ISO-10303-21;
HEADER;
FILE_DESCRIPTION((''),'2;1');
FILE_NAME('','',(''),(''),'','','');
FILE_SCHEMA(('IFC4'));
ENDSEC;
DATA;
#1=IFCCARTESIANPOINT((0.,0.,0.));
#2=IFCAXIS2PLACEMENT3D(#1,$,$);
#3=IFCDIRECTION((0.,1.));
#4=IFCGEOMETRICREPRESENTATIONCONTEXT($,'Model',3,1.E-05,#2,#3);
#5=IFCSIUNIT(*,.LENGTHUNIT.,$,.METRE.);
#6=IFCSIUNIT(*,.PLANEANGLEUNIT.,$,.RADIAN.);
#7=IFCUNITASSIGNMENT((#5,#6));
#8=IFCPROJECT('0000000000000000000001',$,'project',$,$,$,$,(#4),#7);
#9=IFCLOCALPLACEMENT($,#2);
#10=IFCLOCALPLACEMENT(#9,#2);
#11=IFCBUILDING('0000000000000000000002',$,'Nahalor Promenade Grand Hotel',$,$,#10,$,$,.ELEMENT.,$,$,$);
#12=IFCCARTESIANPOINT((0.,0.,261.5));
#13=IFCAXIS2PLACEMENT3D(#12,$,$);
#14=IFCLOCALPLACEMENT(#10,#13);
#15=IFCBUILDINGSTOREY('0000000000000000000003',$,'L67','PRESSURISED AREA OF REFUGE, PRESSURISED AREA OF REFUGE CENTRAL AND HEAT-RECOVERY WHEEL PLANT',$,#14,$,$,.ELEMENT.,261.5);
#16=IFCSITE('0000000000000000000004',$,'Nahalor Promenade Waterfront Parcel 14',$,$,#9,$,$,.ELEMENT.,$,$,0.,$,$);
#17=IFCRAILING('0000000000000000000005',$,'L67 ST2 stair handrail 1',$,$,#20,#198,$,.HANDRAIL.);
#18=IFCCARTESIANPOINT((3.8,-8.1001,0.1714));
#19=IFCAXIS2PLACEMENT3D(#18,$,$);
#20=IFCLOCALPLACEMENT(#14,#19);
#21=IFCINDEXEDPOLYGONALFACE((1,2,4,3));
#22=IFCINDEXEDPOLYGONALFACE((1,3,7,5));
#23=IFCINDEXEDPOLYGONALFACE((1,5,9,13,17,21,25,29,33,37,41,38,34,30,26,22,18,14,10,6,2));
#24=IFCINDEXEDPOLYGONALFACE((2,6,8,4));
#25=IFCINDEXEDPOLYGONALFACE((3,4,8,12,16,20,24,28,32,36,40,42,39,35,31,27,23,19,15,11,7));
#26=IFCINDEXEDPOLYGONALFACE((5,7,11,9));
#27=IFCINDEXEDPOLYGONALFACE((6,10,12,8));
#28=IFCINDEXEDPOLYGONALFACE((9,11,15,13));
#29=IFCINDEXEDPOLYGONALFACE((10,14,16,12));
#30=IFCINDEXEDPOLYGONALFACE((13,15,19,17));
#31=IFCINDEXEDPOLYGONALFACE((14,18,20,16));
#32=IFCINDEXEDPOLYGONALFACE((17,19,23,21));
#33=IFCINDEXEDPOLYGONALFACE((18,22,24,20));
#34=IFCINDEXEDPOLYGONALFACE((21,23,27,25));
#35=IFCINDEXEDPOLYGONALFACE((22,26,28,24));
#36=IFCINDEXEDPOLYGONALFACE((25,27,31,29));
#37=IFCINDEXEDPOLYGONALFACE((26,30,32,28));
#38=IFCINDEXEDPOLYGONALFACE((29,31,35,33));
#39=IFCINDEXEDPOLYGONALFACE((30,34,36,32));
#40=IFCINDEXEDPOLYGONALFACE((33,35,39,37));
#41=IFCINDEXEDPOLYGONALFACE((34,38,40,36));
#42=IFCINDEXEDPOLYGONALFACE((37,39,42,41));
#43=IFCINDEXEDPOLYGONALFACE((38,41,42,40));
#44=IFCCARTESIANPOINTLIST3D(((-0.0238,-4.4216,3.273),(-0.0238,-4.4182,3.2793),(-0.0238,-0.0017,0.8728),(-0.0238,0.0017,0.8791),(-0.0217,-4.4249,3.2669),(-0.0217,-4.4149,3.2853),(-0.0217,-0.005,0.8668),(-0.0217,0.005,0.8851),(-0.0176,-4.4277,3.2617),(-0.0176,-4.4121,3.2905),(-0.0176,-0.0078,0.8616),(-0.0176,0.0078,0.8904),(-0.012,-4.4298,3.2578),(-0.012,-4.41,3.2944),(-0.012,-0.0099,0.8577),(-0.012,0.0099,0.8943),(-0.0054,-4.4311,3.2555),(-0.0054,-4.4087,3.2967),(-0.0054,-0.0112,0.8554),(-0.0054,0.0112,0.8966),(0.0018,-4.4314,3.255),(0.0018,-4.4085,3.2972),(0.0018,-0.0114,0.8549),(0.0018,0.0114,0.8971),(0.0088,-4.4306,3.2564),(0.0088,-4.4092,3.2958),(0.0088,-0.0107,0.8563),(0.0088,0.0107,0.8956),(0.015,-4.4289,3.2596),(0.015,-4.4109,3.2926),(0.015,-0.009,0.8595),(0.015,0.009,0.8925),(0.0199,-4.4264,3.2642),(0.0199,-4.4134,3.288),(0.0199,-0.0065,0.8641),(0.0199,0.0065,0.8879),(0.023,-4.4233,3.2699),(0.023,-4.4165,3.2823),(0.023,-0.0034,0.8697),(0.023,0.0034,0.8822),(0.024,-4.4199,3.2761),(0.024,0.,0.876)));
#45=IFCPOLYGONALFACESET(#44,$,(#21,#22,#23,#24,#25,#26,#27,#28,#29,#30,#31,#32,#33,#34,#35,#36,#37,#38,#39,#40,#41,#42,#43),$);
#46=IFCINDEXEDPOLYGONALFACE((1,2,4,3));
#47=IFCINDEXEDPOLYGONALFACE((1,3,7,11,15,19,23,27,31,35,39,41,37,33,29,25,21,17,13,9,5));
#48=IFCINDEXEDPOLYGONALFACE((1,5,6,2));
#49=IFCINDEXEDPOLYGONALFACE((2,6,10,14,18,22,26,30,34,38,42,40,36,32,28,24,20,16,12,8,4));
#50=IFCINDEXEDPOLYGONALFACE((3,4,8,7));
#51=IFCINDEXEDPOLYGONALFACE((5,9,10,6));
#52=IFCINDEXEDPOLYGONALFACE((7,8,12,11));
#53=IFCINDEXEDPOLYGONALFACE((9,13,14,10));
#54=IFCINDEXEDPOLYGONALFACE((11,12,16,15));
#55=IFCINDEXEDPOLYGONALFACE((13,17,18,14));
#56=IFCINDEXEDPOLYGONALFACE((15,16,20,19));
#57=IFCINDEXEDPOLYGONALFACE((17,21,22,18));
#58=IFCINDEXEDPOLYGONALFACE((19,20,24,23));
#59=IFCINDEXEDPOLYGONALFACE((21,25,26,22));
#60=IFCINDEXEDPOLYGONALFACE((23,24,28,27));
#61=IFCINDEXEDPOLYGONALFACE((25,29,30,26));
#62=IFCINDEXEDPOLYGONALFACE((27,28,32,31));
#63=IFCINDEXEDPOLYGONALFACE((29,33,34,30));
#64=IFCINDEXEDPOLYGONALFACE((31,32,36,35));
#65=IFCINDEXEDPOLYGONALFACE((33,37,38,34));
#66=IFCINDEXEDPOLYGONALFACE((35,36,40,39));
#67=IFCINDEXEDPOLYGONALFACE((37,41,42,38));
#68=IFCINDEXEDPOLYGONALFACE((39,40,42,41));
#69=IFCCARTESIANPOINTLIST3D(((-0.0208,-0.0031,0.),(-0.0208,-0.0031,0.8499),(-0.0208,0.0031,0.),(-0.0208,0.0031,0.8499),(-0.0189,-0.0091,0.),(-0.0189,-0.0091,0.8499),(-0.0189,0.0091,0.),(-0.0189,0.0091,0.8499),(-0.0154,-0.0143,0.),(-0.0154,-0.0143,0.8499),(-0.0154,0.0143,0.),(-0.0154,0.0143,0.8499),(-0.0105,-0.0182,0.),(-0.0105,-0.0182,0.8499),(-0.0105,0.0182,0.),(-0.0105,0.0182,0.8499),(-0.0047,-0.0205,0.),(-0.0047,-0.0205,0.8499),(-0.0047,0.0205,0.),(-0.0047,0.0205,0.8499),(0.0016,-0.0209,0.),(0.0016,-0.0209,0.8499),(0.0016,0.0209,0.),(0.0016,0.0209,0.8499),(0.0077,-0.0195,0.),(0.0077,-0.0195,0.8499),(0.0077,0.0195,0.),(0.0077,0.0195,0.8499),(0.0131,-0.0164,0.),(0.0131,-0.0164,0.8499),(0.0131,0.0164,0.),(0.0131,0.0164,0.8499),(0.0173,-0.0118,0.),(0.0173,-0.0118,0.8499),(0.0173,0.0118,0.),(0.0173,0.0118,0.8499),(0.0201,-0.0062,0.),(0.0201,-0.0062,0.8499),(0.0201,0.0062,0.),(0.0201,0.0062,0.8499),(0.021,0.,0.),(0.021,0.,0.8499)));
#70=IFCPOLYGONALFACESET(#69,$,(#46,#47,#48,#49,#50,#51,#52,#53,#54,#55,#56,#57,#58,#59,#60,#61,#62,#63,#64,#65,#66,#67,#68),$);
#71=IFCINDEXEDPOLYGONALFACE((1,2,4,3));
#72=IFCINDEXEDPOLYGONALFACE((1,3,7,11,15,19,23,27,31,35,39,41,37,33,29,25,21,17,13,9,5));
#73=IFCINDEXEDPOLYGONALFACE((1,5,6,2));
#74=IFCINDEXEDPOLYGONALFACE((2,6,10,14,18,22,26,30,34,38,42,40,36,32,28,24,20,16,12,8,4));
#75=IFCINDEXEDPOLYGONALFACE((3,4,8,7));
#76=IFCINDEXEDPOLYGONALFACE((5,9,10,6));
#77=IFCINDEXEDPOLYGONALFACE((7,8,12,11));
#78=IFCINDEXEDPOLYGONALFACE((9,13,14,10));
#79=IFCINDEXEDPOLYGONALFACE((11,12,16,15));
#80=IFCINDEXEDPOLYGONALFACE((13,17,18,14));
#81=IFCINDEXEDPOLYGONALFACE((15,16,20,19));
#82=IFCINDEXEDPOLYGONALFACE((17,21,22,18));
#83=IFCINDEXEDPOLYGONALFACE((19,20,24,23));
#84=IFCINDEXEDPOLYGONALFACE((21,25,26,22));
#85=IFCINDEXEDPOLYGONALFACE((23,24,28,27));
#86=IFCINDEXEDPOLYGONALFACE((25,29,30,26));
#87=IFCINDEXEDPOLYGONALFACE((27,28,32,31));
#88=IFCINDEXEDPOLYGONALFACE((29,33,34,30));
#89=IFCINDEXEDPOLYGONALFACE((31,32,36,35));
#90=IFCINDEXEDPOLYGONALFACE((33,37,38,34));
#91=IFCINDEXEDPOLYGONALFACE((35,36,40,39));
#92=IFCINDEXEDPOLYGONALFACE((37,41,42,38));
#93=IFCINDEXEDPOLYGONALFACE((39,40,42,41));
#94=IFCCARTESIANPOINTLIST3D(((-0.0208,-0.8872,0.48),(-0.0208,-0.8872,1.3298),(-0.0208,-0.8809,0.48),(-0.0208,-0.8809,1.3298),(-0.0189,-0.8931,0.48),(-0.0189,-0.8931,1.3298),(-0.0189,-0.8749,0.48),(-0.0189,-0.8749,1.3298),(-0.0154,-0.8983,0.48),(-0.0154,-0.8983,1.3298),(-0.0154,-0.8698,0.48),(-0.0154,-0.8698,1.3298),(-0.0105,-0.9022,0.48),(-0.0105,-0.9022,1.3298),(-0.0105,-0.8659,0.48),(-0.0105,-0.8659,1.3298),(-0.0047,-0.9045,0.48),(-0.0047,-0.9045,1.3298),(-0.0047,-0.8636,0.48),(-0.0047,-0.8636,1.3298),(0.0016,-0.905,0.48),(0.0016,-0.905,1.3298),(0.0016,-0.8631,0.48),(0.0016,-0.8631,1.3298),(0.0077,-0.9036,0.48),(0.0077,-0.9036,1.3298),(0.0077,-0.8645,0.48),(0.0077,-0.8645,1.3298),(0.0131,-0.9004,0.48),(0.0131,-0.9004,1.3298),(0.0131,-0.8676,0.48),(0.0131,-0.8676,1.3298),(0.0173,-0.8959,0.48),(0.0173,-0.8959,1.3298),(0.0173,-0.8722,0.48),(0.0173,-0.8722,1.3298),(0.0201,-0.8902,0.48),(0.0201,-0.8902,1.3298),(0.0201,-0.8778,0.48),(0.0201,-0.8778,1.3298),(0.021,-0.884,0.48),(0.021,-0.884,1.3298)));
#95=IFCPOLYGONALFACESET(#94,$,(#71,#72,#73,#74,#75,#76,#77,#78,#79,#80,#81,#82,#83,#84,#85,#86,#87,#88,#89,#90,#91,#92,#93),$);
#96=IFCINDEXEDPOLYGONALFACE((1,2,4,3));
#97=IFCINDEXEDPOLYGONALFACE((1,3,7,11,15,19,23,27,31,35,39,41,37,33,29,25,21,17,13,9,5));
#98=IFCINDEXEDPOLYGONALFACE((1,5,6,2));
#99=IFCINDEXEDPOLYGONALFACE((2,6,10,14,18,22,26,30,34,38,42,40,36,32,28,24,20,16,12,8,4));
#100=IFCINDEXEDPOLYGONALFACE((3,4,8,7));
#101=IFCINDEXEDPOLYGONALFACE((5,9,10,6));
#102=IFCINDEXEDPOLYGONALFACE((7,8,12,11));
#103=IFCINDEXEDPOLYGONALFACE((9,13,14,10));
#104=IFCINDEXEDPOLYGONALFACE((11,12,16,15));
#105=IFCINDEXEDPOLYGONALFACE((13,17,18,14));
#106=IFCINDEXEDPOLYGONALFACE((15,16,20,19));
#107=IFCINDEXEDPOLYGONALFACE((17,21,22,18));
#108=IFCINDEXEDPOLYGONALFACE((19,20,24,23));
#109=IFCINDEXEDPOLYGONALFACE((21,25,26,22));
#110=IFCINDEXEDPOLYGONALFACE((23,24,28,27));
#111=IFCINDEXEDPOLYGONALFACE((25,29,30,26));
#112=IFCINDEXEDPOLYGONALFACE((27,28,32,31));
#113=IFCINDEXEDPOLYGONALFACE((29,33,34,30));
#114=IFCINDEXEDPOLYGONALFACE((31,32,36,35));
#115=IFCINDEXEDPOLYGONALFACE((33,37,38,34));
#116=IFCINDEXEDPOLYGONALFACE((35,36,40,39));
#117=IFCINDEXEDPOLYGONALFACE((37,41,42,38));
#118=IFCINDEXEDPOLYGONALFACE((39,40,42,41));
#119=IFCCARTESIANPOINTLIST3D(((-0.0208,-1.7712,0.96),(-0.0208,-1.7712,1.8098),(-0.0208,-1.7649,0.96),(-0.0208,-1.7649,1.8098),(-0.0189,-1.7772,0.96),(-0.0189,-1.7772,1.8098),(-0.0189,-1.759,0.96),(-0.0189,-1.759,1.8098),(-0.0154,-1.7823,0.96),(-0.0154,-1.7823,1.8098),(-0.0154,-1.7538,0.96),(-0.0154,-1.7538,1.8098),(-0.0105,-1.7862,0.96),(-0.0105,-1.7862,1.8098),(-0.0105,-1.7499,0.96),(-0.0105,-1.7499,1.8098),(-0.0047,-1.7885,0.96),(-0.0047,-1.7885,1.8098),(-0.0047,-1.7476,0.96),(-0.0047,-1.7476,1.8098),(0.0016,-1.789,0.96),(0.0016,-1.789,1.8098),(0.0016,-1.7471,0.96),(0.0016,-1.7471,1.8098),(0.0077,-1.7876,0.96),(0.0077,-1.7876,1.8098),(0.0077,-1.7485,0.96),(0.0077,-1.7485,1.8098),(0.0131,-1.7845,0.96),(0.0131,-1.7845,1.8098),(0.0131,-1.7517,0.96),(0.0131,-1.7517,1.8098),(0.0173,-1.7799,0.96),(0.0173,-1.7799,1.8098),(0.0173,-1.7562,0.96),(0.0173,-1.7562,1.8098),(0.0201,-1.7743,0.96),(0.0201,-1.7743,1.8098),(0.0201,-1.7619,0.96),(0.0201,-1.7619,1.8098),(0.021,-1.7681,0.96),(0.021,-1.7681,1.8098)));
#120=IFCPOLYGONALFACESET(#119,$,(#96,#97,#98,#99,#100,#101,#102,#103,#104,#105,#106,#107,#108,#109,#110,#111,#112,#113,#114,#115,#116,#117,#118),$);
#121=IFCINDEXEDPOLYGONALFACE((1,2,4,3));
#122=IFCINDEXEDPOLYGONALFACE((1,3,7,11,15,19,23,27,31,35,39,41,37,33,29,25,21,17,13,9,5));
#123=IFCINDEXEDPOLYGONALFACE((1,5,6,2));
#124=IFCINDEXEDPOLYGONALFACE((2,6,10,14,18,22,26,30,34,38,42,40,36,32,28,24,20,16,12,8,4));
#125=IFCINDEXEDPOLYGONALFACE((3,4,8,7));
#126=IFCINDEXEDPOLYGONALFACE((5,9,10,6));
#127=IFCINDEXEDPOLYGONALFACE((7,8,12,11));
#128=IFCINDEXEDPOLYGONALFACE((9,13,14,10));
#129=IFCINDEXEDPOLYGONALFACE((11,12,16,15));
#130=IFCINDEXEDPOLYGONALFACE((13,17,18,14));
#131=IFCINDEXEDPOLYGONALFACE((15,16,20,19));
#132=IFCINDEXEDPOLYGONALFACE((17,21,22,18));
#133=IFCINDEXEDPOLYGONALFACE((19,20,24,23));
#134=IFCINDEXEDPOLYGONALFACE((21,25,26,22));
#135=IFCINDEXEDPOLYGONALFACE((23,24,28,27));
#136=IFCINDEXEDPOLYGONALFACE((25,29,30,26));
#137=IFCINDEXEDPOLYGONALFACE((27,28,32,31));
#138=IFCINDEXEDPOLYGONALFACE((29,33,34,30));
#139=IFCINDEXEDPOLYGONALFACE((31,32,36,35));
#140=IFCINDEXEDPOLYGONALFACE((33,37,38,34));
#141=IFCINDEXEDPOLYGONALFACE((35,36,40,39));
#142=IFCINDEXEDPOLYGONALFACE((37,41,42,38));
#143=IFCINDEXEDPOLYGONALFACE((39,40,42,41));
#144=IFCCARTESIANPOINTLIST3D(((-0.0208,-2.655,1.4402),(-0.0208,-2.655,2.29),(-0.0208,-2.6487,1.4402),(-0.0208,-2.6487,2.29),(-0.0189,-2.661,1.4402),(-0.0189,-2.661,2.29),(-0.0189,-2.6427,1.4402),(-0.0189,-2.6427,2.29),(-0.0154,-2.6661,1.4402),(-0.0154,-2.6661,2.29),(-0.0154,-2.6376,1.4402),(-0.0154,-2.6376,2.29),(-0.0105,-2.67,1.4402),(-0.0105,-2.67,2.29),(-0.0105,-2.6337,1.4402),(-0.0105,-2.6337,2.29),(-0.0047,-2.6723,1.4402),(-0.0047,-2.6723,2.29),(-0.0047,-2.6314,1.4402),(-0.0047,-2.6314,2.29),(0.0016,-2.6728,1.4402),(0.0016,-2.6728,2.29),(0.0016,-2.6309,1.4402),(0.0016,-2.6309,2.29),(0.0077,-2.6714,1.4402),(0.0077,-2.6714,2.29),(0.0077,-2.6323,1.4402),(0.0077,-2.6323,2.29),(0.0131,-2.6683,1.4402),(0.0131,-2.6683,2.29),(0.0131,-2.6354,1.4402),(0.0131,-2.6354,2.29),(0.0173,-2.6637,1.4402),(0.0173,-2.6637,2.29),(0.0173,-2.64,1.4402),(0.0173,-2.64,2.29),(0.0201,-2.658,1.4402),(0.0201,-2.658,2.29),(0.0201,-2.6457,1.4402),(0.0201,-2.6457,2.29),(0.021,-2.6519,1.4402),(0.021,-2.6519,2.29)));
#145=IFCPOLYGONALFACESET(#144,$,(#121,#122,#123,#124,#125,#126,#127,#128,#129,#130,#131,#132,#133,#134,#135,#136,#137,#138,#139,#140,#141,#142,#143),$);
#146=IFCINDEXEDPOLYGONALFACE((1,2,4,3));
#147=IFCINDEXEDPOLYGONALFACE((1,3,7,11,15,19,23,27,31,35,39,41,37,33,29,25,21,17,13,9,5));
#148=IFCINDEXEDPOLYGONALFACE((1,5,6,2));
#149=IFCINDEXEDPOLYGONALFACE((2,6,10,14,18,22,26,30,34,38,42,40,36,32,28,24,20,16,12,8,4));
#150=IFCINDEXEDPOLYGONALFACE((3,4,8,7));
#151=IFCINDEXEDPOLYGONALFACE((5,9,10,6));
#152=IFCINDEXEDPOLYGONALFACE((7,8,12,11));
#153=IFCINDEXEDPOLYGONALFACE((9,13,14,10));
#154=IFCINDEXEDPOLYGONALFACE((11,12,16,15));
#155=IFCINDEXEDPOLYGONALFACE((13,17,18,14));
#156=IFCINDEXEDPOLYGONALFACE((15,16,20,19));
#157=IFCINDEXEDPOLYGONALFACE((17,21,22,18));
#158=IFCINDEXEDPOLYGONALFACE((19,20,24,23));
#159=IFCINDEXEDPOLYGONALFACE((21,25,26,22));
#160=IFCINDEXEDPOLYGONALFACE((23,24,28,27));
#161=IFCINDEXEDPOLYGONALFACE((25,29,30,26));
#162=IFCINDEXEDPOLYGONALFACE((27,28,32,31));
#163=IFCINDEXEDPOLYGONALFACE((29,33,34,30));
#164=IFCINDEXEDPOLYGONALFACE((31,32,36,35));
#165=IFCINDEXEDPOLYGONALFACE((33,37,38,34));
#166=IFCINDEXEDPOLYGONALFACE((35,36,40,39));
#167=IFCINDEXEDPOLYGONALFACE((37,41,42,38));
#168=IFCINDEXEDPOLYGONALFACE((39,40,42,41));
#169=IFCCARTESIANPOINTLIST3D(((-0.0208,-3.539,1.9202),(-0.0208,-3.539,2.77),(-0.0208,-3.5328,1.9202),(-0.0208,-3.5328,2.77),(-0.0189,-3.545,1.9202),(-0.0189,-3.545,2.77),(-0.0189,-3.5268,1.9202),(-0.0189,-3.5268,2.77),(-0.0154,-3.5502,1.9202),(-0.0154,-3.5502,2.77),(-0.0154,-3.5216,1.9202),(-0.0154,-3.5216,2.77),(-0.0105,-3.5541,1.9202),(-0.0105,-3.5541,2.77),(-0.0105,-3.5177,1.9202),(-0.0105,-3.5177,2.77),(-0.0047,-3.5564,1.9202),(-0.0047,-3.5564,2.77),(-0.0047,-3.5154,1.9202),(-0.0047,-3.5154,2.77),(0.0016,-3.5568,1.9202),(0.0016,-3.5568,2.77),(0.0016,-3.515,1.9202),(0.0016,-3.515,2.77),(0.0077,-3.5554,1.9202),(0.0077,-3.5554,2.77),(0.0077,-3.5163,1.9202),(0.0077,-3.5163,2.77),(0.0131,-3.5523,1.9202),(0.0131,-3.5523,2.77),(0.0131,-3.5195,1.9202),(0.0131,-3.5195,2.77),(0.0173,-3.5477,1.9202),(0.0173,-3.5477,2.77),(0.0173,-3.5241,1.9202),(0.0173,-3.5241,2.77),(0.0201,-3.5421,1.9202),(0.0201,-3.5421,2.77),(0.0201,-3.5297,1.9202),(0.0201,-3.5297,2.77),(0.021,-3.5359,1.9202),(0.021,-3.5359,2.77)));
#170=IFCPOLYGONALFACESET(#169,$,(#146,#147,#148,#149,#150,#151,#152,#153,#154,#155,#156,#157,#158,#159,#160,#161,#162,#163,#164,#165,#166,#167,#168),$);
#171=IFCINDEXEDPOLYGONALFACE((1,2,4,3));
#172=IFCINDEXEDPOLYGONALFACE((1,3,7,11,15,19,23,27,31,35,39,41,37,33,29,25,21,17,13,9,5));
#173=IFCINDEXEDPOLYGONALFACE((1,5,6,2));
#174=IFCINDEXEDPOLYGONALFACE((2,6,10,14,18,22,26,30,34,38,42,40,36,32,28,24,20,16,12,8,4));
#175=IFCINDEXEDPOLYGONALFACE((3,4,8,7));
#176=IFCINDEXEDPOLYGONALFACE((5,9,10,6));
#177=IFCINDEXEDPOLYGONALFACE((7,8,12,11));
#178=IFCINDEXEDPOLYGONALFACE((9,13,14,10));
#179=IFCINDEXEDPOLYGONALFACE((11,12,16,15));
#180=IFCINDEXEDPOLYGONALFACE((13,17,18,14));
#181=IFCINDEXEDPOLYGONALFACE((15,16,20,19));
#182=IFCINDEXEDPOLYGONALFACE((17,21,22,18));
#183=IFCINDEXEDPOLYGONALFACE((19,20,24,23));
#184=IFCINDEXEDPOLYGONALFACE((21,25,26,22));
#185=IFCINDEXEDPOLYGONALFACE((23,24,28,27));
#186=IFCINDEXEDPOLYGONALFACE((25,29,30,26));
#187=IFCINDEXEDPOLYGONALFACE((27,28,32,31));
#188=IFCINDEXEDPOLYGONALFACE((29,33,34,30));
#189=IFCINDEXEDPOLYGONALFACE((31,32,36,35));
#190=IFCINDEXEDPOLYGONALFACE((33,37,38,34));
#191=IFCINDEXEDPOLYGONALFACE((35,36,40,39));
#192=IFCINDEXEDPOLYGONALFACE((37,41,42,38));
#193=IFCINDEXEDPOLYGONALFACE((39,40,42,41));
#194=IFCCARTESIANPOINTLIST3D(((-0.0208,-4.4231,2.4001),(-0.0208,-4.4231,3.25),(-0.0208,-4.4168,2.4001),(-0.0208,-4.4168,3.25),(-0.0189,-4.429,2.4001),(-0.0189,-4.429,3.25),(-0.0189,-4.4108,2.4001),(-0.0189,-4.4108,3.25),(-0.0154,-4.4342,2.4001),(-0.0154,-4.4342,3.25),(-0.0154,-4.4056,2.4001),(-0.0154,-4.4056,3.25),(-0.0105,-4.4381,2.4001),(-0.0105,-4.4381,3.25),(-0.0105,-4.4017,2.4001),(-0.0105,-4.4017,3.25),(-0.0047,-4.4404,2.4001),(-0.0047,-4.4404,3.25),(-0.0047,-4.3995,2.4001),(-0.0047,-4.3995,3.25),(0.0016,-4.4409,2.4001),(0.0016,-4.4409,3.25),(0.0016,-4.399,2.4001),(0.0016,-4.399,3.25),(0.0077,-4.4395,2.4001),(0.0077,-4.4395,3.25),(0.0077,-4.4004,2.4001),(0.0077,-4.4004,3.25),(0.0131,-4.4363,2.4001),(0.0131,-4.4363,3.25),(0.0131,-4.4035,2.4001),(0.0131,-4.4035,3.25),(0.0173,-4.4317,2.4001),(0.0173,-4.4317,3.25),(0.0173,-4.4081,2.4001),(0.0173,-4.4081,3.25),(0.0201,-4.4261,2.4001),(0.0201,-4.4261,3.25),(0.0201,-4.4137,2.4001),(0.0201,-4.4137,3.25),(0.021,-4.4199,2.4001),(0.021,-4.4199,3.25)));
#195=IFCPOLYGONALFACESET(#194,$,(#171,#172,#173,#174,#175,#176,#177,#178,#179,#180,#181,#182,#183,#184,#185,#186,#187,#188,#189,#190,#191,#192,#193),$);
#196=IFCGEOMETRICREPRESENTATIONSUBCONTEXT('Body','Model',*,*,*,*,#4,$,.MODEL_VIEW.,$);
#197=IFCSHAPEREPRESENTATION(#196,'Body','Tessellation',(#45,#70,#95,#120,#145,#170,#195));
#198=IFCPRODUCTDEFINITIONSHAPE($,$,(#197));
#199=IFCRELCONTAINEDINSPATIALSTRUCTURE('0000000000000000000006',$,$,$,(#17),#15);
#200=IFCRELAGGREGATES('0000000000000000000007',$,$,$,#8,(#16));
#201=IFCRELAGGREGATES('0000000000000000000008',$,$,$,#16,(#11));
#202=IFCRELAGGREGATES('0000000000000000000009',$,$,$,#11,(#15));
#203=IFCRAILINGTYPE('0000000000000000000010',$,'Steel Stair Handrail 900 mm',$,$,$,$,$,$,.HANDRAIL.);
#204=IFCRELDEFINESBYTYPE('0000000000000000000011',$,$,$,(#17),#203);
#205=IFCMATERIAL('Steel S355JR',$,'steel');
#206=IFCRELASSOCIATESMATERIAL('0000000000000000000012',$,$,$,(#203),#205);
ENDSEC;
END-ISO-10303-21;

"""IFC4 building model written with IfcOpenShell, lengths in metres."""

from ifc_helpers import new_model, si_unit, direction, frame, origin, origin_2d, place, context, subcontext, project, spatial, circle, extrude, material, type_object, element, save


model = new_model("IFC4")

# Units and contexts
model_context = context("Model", 3, precision=1e-05, world=origin(), true_north=direction((0.0, 1.0)))
body_context = subcontext(model_context, "Body", "Model", "MODEL_VIEW")
ifc_project = project(units=[si_unit("LENGTHUNIT", "METRE"), si_unit("PLANEANGLEUNIT", "RADIAN")], contexts=[model_context])

# Site, building, storey
site_placement = place(None, origin())
site = spatial("IfcSite", under=ifc_project, at=site_placement, Name="Nahalor Promenade Waterfront Parcel 14", CompositionType="ELEMENT", RefElevation=0.0)
building_placement = place(site_placement, origin())
building = spatial("IfcBuilding", under=site, at=building_placement, Name="Nahalor Promenade Grand Hotel", CompositionType="ELEMENT")
storey_placement = place(building_placement, frame((0.0, 0.0, 261.5)))
storey = spatial("IfcBuildingStorey", under=building, at=storey_placement, Name="L67", Description="PRESSURISED AREA OF REFUGE, PRESSURISED AREA OF REFUGE CENTRAL AND HEAT-RECOVERY WHEEL PLANT", CompositionType="ELEMENT", Elevation=261.5)

# Shared definitions
ifc_material_1 = material(Name="Steel S355JR", Category="steel")

# Railing
railing_type_1 = type_object("IfcRailingType", Name="Steel Stair Handrail 900 mm", PredefinedType="HANDRAIL", material=ifc_material_1)
railing_1_placement = place(storey_placement, frame((3.8, -8.1001, 0.1714)))
element("IfcRailing", 1, at=railing_1_placement, inside=storey, type_object=railing_type_1, Name="L67 ST2 stair handrail 1", PredefinedType="HANDRAIL", context=body_context, shape_type="SweptSolid", body=[
    extrude(circle(Radius=0.024, at=origin_2d()), frame((0.0, 0.0, 0.876), z_axis=(0.0, -0.87879, 0.477209), x_axis=(1.0, 0.0, 0.0)), (0.0, 0.0, 1.0), 5.0295),
    extrude(circle(Radius=0.021, at=origin_2d()), origin(), (0.0, 0.0, 1.0), 0.8499),
    extrude(circle(Radius=0.021, at=origin_2d()), frame((0.0, -0.884, 0.48)), (0.0, 0.0, 1.0), 0.8499),
    extrude(circle(Radius=0.021, at=origin_2d()), frame((0.0, -1.7681, 0.96)), (0.0, 0.0, 1.0), 0.8499),
    extrude(circle(Radius=0.021, at=origin_2d()), frame((0.0, -2.6519, 1.4402)), (0.0, 0.0, 1.0), 0.8499),
    extrude(circle(Radius=0.021, at=origin_2d()), frame((0.0, -3.5359, 1.9202)), (0.0, 0.0, 1.0), 0.8499),
    extrude(circle(Radius=0.021, at=origin_2d()), frame((0.0, -4.4199, 2.4001)), (0.0, 0.0, 1.0), 0.8499),
])

save(model, "model.ifc")
